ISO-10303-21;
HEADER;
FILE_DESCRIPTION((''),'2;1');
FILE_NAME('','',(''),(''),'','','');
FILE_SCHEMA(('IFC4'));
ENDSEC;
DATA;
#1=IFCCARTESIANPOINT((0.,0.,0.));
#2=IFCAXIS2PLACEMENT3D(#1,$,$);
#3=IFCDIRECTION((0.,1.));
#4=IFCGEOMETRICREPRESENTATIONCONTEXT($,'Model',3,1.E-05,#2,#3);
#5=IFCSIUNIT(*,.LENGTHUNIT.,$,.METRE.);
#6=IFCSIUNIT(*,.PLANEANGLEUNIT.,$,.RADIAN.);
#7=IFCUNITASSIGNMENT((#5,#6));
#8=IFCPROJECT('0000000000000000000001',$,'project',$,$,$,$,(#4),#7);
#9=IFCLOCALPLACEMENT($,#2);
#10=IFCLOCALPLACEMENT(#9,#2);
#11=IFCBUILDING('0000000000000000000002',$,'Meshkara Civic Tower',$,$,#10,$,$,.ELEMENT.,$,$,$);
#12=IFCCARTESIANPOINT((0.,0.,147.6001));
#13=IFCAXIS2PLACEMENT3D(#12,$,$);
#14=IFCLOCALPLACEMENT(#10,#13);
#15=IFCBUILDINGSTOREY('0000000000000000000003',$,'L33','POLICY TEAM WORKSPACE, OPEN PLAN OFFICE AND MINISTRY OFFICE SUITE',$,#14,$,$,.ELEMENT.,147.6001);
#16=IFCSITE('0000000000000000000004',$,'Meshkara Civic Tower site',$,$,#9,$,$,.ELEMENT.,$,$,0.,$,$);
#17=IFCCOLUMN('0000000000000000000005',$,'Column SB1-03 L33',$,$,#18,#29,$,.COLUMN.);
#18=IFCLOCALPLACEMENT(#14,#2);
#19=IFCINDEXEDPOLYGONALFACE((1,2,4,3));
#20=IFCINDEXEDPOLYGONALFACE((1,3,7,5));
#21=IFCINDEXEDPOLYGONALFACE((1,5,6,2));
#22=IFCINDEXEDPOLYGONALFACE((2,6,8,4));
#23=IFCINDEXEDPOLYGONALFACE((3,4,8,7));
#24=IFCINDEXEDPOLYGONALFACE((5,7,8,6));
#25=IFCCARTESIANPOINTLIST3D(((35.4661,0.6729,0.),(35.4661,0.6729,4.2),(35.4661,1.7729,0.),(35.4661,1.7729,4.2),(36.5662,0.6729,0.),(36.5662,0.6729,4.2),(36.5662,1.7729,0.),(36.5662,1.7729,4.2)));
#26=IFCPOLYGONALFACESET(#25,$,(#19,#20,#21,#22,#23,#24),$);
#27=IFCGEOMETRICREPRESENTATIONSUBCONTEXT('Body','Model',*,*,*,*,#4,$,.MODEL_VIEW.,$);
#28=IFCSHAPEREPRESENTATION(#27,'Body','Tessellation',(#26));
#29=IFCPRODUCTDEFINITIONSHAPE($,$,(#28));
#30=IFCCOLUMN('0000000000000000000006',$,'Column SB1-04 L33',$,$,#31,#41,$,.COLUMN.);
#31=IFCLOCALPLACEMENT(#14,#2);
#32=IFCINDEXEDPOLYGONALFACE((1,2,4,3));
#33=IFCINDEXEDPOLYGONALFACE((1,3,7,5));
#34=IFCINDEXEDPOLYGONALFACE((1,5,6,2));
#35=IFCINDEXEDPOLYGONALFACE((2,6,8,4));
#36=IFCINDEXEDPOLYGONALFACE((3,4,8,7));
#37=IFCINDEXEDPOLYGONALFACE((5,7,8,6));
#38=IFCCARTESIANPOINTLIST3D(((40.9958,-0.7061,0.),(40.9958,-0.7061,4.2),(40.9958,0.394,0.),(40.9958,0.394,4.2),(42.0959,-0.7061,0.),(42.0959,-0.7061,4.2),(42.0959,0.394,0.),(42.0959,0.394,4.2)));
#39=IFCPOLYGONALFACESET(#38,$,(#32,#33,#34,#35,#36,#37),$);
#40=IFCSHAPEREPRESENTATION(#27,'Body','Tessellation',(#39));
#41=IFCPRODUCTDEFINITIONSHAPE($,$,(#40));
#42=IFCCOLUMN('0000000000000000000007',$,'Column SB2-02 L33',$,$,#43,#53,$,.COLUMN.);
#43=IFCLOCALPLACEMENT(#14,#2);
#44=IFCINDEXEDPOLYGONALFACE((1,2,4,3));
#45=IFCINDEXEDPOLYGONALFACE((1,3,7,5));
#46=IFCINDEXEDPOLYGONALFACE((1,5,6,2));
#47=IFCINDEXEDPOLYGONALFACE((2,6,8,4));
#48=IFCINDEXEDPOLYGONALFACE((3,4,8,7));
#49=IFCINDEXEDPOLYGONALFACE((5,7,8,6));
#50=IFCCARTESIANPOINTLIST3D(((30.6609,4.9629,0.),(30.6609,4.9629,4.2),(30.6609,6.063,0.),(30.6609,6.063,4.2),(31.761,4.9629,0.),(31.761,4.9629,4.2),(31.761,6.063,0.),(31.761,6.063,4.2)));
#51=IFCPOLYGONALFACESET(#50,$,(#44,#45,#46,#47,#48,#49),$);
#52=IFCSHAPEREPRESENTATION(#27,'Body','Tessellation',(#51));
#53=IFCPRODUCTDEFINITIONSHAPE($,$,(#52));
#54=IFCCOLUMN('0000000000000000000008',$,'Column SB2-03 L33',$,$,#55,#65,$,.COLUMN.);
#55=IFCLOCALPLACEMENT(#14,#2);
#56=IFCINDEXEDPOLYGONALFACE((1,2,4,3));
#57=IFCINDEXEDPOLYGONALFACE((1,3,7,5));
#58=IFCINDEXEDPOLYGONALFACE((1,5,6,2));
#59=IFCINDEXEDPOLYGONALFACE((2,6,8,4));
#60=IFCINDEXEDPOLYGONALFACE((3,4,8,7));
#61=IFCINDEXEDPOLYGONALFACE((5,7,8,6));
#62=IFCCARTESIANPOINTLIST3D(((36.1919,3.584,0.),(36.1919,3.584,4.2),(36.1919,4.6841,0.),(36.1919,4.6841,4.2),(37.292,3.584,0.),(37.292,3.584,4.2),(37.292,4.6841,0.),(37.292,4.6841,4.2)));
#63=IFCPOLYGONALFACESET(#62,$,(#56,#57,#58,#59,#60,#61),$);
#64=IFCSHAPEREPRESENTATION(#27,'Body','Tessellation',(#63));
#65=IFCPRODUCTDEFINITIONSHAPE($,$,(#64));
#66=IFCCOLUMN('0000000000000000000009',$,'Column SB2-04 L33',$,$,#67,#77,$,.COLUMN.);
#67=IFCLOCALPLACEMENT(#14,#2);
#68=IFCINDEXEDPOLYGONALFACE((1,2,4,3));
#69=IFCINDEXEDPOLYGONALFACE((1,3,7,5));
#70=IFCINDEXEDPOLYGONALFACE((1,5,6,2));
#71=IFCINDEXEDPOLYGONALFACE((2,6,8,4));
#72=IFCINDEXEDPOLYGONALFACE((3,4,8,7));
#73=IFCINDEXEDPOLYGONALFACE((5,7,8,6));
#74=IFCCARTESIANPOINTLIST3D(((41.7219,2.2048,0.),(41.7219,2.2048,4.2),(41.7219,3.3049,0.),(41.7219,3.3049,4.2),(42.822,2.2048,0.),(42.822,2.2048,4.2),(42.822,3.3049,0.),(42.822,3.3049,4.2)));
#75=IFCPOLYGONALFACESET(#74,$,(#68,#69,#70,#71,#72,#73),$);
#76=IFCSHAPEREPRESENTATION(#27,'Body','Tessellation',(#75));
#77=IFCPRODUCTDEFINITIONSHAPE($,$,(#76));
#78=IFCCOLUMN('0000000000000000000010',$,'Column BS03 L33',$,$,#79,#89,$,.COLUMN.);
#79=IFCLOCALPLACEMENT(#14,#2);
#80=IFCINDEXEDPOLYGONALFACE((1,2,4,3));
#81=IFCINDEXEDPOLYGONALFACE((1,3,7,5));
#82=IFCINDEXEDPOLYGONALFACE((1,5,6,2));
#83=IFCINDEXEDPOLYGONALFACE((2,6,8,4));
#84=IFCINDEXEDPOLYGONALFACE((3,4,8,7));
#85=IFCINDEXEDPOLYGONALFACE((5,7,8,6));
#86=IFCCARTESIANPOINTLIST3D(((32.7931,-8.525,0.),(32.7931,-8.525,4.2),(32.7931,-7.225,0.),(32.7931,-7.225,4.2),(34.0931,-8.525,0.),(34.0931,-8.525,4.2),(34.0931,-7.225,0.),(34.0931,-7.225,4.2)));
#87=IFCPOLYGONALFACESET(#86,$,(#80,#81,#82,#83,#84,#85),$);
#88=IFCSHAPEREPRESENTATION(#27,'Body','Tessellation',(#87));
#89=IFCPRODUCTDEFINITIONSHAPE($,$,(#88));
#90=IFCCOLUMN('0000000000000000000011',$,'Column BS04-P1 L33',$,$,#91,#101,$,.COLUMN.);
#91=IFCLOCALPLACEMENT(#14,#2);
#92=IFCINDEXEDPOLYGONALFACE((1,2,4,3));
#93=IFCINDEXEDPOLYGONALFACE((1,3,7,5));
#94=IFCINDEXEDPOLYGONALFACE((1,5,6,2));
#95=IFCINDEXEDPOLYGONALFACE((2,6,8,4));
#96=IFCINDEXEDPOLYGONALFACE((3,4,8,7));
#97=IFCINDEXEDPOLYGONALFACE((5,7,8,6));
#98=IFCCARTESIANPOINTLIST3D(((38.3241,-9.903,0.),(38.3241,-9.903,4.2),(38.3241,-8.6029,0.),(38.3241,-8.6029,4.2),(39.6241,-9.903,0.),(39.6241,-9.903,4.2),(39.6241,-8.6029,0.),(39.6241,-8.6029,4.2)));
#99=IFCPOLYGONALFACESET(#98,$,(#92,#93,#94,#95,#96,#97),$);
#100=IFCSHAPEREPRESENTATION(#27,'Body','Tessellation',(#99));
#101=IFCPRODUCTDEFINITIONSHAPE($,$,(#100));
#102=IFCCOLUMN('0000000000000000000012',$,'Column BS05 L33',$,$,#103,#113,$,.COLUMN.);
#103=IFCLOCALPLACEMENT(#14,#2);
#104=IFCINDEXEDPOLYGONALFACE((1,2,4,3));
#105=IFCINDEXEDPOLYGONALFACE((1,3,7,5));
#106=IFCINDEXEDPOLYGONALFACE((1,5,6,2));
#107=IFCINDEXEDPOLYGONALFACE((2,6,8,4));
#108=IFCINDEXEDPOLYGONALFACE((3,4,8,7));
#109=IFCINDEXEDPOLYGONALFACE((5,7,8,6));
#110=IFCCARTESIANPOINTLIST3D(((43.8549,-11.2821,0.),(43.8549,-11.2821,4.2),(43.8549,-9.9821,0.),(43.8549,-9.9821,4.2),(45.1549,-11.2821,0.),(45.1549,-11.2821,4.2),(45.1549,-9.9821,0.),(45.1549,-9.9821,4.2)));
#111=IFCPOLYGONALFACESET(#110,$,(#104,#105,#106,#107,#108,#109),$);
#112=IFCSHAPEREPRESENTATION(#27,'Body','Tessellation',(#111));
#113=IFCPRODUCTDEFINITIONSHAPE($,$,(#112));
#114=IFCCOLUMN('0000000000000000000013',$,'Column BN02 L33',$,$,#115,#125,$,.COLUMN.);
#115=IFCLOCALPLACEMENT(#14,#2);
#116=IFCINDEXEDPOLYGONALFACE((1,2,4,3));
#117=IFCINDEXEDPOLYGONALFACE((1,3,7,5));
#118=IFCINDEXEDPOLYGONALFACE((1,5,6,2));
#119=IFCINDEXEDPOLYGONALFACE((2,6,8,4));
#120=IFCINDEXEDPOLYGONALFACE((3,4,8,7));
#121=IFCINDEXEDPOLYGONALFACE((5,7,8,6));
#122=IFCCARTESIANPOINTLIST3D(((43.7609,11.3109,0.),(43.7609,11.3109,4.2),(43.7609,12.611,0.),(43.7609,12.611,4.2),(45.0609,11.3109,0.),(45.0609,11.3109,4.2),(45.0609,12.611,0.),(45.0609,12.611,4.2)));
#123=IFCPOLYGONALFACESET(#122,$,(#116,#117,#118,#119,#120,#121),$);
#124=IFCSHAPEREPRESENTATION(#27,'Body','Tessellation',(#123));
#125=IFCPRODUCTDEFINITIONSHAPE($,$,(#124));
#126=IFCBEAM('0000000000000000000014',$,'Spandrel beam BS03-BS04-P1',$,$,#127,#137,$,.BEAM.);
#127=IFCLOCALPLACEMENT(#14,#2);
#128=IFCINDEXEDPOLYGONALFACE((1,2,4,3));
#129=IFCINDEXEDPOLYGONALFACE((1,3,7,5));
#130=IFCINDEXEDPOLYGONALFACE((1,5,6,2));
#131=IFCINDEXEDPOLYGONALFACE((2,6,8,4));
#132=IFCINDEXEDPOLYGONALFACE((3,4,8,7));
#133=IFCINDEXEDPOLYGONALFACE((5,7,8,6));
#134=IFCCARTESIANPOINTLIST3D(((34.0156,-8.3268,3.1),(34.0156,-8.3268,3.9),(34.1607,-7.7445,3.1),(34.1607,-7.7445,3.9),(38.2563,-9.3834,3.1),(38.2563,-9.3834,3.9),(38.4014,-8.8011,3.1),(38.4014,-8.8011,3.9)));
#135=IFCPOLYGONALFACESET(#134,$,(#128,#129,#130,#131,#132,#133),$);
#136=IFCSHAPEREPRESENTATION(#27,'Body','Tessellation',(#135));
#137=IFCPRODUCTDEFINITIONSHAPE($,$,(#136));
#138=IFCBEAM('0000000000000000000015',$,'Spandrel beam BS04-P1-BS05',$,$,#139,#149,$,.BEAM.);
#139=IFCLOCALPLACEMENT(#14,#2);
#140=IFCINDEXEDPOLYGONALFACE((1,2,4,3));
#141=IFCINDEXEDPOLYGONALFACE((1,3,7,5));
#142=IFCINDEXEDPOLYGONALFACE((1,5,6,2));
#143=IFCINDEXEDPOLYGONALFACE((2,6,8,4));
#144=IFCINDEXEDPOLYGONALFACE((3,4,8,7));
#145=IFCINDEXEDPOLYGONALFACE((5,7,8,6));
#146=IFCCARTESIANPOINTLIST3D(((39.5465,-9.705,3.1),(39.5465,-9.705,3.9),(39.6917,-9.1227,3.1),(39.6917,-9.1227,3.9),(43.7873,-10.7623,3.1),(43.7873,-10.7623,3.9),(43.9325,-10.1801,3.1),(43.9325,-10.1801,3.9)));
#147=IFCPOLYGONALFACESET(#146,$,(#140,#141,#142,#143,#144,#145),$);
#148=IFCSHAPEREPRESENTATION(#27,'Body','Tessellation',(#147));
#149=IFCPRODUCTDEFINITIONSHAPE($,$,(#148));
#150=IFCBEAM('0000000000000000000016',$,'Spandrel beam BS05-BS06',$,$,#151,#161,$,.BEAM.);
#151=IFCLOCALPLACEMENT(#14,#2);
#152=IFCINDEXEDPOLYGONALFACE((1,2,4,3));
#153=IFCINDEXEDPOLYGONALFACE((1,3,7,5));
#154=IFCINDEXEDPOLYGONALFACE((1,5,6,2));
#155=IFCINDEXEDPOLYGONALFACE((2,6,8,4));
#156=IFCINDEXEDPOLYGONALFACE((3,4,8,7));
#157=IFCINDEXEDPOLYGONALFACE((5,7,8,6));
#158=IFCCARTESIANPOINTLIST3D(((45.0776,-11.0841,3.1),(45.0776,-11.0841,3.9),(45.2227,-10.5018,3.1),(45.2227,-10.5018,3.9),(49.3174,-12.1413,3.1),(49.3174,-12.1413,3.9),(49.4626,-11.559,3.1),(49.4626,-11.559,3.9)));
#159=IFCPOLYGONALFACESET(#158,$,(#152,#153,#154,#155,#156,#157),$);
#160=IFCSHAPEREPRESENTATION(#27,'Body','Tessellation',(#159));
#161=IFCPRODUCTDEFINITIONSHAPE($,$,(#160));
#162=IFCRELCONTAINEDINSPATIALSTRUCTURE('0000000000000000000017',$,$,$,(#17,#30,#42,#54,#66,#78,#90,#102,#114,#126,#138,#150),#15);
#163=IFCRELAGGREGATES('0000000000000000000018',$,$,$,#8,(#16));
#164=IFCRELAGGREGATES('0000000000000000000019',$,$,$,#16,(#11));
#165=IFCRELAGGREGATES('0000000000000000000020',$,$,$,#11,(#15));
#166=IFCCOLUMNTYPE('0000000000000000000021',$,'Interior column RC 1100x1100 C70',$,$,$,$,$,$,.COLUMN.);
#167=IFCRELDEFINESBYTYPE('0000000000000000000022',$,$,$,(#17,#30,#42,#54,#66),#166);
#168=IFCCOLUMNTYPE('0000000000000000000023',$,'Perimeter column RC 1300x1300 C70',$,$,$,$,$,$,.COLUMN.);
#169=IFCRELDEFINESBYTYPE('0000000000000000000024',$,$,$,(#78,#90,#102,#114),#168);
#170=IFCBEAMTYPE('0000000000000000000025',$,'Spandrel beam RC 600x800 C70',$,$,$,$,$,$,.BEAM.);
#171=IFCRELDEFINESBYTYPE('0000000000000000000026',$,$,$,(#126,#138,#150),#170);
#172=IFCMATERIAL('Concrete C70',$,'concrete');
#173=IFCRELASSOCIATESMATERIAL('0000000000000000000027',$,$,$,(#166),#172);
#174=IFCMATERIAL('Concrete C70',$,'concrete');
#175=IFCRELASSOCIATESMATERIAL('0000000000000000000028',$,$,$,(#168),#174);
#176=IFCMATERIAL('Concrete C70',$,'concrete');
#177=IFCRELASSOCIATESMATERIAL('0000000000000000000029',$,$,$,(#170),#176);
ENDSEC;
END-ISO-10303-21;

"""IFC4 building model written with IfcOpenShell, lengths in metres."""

from ifc_helpers import new_model, si_unit, direction, frame, origin, origin_2d, place, context, subcontext, project, spatial, rectangle, extrude, material, material_profile, profile_set, type_object, element, save


model = new_model("IFC4")

# Units and contexts
model_context = context("Model", 3, precision=1e-05, world=origin(), true_north=direction((0.0, 1.0)))
body_context = subcontext(model_context, "Body", "Model", "MODEL_VIEW")
ifc_project = project(units=[si_unit("LENGTHUNIT", "METRE"), si_unit("PLANEANGLEUNIT", "RADIAN")], contexts=[model_context])

# Site, building, storey
site_placement = place(None, origin())
site = spatial("IfcSite", under=ifc_project, at=site_placement, Name="Meshkara Civic Tower site", CompositionType="ELEMENT", RefElevation=0.0)
building_placement = place(site_placement, origin())
building = spatial("IfcBuilding", under=site, at=building_placement, Name="Meshkara Civic Tower", CompositionType="ELEMENT")
storey_placement = place(building_placement, frame((0.0, 0.0, 147.6001)))
storey = spatial("IfcBuildingStorey", under=building, at=storey_placement, Name="L33", Description="POLICY TEAM WORKSPACE, OPEN PLAN OFFICE AND MINISTRY OFFICE SUITE", CompositionType="ELEMENT", Elevation=147.6001)

# Columns
ifc_material_1 = material(Name="Concrete C70", Category="concrete")
ifc_material_profile_1 = material_profile(ifc_material_1, rectangle(XDim=1.1001, YDim=1.1001, at=origin_2d()))
ifc_profile_set_1 = profile_set([ifc_material_profile_1], Name="Concrete C70")
column_type_1 = type_object("IfcColumnType", Name="Interior column RC 1100x1100 C70", PredefinedType="COLUMN", material=ifc_profile_set_1)
for number, where, z_axis, x_axis, name in (
    (1, (36.0161, 1.2229, 0.0), (0.0, 0.0, 1.0), (1.0, 0.0, 0.0), "Column SB1-03 L33"),
    (2, (41.5459, -0.156, 0.0), (0.0, 0.0, 1.0), (1.0, 0.0, 0.0), "Column SB1-04 L33"),
    (3, (31.2109, 5.5129, 0.0), (0.0, 0.0, 1.0), (1.0, 0.0, 0.0), "Column SB2-02 L33"),
    (4, (36.7419, 4.134, 0.0), (0.0, 0.0, 1.0), (1.0, 0.0, 0.0), "Column SB2-03 L33"),
    (5, (42.272, 2.7549, 0.0), (0.0, 0.0, 1.0), (1.0, 0.0, 0.0), "Column SB2-04 L33"),
):
    element("IfcColumn", number, at=place(storey_placement, frame(where, z_axis=z_axis, x_axis=x_axis)), inside=storey, type_object=column_type_1, Name=name, PredefinedType="COLUMN", context=body_context, shape_type="SweptSolid", body=[
        extrude(rectangle(XDim=1.1001, YDim=1.1001, at=origin_2d()), origin(), (0.0, 0.0, 1.0), 4.2),
    ])
ifc_material_2 = material(Name="Concrete C70", Category="concrete")
ifc_material_profile_2 = material_profile(ifc_material_2, rectangle(XDim=1.3, YDim=1.3, at=origin_2d()))
ifc_profile_set_2 = profile_set([ifc_material_profile_2], Name="Concrete C70")
column_type_2 = type_object("IfcColumnType", Name="Perimeter column RC 1300x1300 C70", PredefinedType="COLUMN", material=ifc_profile_set_2)
for number, where, z_axis, x_axis, name in (
    (6, (33.4431, -7.875, 0.0), (0.0, 0.0, 1.0), (1.0, 0.0, 0.0), "Column BS03 L33"),
    (7, (38.9741, -9.2529, 0.0), (0.0, 0.0, 1.0), (1.0, 0.0, 0.0), "Column BS04-P1 L33"),
    (8, (44.5049, -10.6321, 0.0), (0.0, 0.0, 1.0), (1.0, 0.0, 0.0), "Column BS05 L33"),
    (9, (44.4109, 11.9609, 0.0), (0.0, 0.0, 1.0), (1.0, 0.0, 0.0), "Column BN02 L33"),
):
    element("IfcColumn", number, at=place(storey_placement, frame(where, z_axis=z_axis, x_axis=x_axis)), inside=storey, type_object=column_type_2, Name=name, PredefinedType="COLUMN", context=body_context, shape_type="SweptSolid", body=[
        extrude(rectangle(XDim=1.3, YDim=1.3, at=origin_2d()), origin(), (0.0, 0.0, 1.0), 4.2),
    ])

# Beams
ifc_material_3 = material(Name="Concrete C70", Category="concrete")
ifc_material_profile_3 = material_profile(ifc_material_3, rectangle(XDim=0.6001, YDim=0.8, at=origin_2d()))
ifc_profile_set_3 = profile_set([ifc_material_profile_3], Name="Concrete C70")
beam_type = type_object("IfcBeamType", Name="Spandrel beam RC 600x800 C70", PredefinedType="BEAM", material=ifc_profile_set_3)
beam_1_placement = place(storey_placement, frame((34.0881, -8.0356, 3.5), z_axis=(0.970333, -0.241773, 0.0), x_axis=(0.241773, 0.970333, 0.0)))
element("IfcBeam", 10, at=beam_1_placement, inside=storey, type_object=beam_type, Name="Spandrel beam BS03-BS04-P1", PredefinedType="BEAM", context=body_context, shape_type="SweptSolid", body=[
    extrude(rectangle(XDim=0.6001, YDim=0.8, at=origin_2d()), origin(), (0.0, 0.0, 1.0), 4.3704),
])
beam_2_placement = place(storey_placement, frame((39.6191, -9.4138, 3.5), z_axis=(0.970293, -0.241931, 0.0), x_axis=(0.241931, 0.970293, 0.0)))
element("IfcBeam", 11, at=beam_2_placement, inside=storey, type_object=beam_type, Name="Spandrel beam BS04-P1-BS05", PredefinedType="BEAM", context=body_context, shape_type="SweptSolid", body=[
    extrude(rectangle(XDim=0.6001, YDim=0.8, at=origin_2d()), origin(), (0.0, 0.0, 1.0), 4.3706),
])
beam_3_placement = place(storey_placement, frame((45.1501, -10.793, 3.5), z_axis=(0.970293, -0.241931, 0.0), x_axis=(0.241931, 0.970293, 0.0)))
element("IfcBeam", 12, at=beam_3_placement, inside=storey, type_object=beam_type, Name="Spandrel beam BS05-BS06", PredefinedType="BEAM", context=body_context, shape_type="SweptSolid", body=[
    extrude(rectangle(XDim=0.6001, YDim=0.8, at=origin_2d()), origin(), (0.0, 0.0, 1.0), 4.3696),
])

save(model, "model.ifc")
